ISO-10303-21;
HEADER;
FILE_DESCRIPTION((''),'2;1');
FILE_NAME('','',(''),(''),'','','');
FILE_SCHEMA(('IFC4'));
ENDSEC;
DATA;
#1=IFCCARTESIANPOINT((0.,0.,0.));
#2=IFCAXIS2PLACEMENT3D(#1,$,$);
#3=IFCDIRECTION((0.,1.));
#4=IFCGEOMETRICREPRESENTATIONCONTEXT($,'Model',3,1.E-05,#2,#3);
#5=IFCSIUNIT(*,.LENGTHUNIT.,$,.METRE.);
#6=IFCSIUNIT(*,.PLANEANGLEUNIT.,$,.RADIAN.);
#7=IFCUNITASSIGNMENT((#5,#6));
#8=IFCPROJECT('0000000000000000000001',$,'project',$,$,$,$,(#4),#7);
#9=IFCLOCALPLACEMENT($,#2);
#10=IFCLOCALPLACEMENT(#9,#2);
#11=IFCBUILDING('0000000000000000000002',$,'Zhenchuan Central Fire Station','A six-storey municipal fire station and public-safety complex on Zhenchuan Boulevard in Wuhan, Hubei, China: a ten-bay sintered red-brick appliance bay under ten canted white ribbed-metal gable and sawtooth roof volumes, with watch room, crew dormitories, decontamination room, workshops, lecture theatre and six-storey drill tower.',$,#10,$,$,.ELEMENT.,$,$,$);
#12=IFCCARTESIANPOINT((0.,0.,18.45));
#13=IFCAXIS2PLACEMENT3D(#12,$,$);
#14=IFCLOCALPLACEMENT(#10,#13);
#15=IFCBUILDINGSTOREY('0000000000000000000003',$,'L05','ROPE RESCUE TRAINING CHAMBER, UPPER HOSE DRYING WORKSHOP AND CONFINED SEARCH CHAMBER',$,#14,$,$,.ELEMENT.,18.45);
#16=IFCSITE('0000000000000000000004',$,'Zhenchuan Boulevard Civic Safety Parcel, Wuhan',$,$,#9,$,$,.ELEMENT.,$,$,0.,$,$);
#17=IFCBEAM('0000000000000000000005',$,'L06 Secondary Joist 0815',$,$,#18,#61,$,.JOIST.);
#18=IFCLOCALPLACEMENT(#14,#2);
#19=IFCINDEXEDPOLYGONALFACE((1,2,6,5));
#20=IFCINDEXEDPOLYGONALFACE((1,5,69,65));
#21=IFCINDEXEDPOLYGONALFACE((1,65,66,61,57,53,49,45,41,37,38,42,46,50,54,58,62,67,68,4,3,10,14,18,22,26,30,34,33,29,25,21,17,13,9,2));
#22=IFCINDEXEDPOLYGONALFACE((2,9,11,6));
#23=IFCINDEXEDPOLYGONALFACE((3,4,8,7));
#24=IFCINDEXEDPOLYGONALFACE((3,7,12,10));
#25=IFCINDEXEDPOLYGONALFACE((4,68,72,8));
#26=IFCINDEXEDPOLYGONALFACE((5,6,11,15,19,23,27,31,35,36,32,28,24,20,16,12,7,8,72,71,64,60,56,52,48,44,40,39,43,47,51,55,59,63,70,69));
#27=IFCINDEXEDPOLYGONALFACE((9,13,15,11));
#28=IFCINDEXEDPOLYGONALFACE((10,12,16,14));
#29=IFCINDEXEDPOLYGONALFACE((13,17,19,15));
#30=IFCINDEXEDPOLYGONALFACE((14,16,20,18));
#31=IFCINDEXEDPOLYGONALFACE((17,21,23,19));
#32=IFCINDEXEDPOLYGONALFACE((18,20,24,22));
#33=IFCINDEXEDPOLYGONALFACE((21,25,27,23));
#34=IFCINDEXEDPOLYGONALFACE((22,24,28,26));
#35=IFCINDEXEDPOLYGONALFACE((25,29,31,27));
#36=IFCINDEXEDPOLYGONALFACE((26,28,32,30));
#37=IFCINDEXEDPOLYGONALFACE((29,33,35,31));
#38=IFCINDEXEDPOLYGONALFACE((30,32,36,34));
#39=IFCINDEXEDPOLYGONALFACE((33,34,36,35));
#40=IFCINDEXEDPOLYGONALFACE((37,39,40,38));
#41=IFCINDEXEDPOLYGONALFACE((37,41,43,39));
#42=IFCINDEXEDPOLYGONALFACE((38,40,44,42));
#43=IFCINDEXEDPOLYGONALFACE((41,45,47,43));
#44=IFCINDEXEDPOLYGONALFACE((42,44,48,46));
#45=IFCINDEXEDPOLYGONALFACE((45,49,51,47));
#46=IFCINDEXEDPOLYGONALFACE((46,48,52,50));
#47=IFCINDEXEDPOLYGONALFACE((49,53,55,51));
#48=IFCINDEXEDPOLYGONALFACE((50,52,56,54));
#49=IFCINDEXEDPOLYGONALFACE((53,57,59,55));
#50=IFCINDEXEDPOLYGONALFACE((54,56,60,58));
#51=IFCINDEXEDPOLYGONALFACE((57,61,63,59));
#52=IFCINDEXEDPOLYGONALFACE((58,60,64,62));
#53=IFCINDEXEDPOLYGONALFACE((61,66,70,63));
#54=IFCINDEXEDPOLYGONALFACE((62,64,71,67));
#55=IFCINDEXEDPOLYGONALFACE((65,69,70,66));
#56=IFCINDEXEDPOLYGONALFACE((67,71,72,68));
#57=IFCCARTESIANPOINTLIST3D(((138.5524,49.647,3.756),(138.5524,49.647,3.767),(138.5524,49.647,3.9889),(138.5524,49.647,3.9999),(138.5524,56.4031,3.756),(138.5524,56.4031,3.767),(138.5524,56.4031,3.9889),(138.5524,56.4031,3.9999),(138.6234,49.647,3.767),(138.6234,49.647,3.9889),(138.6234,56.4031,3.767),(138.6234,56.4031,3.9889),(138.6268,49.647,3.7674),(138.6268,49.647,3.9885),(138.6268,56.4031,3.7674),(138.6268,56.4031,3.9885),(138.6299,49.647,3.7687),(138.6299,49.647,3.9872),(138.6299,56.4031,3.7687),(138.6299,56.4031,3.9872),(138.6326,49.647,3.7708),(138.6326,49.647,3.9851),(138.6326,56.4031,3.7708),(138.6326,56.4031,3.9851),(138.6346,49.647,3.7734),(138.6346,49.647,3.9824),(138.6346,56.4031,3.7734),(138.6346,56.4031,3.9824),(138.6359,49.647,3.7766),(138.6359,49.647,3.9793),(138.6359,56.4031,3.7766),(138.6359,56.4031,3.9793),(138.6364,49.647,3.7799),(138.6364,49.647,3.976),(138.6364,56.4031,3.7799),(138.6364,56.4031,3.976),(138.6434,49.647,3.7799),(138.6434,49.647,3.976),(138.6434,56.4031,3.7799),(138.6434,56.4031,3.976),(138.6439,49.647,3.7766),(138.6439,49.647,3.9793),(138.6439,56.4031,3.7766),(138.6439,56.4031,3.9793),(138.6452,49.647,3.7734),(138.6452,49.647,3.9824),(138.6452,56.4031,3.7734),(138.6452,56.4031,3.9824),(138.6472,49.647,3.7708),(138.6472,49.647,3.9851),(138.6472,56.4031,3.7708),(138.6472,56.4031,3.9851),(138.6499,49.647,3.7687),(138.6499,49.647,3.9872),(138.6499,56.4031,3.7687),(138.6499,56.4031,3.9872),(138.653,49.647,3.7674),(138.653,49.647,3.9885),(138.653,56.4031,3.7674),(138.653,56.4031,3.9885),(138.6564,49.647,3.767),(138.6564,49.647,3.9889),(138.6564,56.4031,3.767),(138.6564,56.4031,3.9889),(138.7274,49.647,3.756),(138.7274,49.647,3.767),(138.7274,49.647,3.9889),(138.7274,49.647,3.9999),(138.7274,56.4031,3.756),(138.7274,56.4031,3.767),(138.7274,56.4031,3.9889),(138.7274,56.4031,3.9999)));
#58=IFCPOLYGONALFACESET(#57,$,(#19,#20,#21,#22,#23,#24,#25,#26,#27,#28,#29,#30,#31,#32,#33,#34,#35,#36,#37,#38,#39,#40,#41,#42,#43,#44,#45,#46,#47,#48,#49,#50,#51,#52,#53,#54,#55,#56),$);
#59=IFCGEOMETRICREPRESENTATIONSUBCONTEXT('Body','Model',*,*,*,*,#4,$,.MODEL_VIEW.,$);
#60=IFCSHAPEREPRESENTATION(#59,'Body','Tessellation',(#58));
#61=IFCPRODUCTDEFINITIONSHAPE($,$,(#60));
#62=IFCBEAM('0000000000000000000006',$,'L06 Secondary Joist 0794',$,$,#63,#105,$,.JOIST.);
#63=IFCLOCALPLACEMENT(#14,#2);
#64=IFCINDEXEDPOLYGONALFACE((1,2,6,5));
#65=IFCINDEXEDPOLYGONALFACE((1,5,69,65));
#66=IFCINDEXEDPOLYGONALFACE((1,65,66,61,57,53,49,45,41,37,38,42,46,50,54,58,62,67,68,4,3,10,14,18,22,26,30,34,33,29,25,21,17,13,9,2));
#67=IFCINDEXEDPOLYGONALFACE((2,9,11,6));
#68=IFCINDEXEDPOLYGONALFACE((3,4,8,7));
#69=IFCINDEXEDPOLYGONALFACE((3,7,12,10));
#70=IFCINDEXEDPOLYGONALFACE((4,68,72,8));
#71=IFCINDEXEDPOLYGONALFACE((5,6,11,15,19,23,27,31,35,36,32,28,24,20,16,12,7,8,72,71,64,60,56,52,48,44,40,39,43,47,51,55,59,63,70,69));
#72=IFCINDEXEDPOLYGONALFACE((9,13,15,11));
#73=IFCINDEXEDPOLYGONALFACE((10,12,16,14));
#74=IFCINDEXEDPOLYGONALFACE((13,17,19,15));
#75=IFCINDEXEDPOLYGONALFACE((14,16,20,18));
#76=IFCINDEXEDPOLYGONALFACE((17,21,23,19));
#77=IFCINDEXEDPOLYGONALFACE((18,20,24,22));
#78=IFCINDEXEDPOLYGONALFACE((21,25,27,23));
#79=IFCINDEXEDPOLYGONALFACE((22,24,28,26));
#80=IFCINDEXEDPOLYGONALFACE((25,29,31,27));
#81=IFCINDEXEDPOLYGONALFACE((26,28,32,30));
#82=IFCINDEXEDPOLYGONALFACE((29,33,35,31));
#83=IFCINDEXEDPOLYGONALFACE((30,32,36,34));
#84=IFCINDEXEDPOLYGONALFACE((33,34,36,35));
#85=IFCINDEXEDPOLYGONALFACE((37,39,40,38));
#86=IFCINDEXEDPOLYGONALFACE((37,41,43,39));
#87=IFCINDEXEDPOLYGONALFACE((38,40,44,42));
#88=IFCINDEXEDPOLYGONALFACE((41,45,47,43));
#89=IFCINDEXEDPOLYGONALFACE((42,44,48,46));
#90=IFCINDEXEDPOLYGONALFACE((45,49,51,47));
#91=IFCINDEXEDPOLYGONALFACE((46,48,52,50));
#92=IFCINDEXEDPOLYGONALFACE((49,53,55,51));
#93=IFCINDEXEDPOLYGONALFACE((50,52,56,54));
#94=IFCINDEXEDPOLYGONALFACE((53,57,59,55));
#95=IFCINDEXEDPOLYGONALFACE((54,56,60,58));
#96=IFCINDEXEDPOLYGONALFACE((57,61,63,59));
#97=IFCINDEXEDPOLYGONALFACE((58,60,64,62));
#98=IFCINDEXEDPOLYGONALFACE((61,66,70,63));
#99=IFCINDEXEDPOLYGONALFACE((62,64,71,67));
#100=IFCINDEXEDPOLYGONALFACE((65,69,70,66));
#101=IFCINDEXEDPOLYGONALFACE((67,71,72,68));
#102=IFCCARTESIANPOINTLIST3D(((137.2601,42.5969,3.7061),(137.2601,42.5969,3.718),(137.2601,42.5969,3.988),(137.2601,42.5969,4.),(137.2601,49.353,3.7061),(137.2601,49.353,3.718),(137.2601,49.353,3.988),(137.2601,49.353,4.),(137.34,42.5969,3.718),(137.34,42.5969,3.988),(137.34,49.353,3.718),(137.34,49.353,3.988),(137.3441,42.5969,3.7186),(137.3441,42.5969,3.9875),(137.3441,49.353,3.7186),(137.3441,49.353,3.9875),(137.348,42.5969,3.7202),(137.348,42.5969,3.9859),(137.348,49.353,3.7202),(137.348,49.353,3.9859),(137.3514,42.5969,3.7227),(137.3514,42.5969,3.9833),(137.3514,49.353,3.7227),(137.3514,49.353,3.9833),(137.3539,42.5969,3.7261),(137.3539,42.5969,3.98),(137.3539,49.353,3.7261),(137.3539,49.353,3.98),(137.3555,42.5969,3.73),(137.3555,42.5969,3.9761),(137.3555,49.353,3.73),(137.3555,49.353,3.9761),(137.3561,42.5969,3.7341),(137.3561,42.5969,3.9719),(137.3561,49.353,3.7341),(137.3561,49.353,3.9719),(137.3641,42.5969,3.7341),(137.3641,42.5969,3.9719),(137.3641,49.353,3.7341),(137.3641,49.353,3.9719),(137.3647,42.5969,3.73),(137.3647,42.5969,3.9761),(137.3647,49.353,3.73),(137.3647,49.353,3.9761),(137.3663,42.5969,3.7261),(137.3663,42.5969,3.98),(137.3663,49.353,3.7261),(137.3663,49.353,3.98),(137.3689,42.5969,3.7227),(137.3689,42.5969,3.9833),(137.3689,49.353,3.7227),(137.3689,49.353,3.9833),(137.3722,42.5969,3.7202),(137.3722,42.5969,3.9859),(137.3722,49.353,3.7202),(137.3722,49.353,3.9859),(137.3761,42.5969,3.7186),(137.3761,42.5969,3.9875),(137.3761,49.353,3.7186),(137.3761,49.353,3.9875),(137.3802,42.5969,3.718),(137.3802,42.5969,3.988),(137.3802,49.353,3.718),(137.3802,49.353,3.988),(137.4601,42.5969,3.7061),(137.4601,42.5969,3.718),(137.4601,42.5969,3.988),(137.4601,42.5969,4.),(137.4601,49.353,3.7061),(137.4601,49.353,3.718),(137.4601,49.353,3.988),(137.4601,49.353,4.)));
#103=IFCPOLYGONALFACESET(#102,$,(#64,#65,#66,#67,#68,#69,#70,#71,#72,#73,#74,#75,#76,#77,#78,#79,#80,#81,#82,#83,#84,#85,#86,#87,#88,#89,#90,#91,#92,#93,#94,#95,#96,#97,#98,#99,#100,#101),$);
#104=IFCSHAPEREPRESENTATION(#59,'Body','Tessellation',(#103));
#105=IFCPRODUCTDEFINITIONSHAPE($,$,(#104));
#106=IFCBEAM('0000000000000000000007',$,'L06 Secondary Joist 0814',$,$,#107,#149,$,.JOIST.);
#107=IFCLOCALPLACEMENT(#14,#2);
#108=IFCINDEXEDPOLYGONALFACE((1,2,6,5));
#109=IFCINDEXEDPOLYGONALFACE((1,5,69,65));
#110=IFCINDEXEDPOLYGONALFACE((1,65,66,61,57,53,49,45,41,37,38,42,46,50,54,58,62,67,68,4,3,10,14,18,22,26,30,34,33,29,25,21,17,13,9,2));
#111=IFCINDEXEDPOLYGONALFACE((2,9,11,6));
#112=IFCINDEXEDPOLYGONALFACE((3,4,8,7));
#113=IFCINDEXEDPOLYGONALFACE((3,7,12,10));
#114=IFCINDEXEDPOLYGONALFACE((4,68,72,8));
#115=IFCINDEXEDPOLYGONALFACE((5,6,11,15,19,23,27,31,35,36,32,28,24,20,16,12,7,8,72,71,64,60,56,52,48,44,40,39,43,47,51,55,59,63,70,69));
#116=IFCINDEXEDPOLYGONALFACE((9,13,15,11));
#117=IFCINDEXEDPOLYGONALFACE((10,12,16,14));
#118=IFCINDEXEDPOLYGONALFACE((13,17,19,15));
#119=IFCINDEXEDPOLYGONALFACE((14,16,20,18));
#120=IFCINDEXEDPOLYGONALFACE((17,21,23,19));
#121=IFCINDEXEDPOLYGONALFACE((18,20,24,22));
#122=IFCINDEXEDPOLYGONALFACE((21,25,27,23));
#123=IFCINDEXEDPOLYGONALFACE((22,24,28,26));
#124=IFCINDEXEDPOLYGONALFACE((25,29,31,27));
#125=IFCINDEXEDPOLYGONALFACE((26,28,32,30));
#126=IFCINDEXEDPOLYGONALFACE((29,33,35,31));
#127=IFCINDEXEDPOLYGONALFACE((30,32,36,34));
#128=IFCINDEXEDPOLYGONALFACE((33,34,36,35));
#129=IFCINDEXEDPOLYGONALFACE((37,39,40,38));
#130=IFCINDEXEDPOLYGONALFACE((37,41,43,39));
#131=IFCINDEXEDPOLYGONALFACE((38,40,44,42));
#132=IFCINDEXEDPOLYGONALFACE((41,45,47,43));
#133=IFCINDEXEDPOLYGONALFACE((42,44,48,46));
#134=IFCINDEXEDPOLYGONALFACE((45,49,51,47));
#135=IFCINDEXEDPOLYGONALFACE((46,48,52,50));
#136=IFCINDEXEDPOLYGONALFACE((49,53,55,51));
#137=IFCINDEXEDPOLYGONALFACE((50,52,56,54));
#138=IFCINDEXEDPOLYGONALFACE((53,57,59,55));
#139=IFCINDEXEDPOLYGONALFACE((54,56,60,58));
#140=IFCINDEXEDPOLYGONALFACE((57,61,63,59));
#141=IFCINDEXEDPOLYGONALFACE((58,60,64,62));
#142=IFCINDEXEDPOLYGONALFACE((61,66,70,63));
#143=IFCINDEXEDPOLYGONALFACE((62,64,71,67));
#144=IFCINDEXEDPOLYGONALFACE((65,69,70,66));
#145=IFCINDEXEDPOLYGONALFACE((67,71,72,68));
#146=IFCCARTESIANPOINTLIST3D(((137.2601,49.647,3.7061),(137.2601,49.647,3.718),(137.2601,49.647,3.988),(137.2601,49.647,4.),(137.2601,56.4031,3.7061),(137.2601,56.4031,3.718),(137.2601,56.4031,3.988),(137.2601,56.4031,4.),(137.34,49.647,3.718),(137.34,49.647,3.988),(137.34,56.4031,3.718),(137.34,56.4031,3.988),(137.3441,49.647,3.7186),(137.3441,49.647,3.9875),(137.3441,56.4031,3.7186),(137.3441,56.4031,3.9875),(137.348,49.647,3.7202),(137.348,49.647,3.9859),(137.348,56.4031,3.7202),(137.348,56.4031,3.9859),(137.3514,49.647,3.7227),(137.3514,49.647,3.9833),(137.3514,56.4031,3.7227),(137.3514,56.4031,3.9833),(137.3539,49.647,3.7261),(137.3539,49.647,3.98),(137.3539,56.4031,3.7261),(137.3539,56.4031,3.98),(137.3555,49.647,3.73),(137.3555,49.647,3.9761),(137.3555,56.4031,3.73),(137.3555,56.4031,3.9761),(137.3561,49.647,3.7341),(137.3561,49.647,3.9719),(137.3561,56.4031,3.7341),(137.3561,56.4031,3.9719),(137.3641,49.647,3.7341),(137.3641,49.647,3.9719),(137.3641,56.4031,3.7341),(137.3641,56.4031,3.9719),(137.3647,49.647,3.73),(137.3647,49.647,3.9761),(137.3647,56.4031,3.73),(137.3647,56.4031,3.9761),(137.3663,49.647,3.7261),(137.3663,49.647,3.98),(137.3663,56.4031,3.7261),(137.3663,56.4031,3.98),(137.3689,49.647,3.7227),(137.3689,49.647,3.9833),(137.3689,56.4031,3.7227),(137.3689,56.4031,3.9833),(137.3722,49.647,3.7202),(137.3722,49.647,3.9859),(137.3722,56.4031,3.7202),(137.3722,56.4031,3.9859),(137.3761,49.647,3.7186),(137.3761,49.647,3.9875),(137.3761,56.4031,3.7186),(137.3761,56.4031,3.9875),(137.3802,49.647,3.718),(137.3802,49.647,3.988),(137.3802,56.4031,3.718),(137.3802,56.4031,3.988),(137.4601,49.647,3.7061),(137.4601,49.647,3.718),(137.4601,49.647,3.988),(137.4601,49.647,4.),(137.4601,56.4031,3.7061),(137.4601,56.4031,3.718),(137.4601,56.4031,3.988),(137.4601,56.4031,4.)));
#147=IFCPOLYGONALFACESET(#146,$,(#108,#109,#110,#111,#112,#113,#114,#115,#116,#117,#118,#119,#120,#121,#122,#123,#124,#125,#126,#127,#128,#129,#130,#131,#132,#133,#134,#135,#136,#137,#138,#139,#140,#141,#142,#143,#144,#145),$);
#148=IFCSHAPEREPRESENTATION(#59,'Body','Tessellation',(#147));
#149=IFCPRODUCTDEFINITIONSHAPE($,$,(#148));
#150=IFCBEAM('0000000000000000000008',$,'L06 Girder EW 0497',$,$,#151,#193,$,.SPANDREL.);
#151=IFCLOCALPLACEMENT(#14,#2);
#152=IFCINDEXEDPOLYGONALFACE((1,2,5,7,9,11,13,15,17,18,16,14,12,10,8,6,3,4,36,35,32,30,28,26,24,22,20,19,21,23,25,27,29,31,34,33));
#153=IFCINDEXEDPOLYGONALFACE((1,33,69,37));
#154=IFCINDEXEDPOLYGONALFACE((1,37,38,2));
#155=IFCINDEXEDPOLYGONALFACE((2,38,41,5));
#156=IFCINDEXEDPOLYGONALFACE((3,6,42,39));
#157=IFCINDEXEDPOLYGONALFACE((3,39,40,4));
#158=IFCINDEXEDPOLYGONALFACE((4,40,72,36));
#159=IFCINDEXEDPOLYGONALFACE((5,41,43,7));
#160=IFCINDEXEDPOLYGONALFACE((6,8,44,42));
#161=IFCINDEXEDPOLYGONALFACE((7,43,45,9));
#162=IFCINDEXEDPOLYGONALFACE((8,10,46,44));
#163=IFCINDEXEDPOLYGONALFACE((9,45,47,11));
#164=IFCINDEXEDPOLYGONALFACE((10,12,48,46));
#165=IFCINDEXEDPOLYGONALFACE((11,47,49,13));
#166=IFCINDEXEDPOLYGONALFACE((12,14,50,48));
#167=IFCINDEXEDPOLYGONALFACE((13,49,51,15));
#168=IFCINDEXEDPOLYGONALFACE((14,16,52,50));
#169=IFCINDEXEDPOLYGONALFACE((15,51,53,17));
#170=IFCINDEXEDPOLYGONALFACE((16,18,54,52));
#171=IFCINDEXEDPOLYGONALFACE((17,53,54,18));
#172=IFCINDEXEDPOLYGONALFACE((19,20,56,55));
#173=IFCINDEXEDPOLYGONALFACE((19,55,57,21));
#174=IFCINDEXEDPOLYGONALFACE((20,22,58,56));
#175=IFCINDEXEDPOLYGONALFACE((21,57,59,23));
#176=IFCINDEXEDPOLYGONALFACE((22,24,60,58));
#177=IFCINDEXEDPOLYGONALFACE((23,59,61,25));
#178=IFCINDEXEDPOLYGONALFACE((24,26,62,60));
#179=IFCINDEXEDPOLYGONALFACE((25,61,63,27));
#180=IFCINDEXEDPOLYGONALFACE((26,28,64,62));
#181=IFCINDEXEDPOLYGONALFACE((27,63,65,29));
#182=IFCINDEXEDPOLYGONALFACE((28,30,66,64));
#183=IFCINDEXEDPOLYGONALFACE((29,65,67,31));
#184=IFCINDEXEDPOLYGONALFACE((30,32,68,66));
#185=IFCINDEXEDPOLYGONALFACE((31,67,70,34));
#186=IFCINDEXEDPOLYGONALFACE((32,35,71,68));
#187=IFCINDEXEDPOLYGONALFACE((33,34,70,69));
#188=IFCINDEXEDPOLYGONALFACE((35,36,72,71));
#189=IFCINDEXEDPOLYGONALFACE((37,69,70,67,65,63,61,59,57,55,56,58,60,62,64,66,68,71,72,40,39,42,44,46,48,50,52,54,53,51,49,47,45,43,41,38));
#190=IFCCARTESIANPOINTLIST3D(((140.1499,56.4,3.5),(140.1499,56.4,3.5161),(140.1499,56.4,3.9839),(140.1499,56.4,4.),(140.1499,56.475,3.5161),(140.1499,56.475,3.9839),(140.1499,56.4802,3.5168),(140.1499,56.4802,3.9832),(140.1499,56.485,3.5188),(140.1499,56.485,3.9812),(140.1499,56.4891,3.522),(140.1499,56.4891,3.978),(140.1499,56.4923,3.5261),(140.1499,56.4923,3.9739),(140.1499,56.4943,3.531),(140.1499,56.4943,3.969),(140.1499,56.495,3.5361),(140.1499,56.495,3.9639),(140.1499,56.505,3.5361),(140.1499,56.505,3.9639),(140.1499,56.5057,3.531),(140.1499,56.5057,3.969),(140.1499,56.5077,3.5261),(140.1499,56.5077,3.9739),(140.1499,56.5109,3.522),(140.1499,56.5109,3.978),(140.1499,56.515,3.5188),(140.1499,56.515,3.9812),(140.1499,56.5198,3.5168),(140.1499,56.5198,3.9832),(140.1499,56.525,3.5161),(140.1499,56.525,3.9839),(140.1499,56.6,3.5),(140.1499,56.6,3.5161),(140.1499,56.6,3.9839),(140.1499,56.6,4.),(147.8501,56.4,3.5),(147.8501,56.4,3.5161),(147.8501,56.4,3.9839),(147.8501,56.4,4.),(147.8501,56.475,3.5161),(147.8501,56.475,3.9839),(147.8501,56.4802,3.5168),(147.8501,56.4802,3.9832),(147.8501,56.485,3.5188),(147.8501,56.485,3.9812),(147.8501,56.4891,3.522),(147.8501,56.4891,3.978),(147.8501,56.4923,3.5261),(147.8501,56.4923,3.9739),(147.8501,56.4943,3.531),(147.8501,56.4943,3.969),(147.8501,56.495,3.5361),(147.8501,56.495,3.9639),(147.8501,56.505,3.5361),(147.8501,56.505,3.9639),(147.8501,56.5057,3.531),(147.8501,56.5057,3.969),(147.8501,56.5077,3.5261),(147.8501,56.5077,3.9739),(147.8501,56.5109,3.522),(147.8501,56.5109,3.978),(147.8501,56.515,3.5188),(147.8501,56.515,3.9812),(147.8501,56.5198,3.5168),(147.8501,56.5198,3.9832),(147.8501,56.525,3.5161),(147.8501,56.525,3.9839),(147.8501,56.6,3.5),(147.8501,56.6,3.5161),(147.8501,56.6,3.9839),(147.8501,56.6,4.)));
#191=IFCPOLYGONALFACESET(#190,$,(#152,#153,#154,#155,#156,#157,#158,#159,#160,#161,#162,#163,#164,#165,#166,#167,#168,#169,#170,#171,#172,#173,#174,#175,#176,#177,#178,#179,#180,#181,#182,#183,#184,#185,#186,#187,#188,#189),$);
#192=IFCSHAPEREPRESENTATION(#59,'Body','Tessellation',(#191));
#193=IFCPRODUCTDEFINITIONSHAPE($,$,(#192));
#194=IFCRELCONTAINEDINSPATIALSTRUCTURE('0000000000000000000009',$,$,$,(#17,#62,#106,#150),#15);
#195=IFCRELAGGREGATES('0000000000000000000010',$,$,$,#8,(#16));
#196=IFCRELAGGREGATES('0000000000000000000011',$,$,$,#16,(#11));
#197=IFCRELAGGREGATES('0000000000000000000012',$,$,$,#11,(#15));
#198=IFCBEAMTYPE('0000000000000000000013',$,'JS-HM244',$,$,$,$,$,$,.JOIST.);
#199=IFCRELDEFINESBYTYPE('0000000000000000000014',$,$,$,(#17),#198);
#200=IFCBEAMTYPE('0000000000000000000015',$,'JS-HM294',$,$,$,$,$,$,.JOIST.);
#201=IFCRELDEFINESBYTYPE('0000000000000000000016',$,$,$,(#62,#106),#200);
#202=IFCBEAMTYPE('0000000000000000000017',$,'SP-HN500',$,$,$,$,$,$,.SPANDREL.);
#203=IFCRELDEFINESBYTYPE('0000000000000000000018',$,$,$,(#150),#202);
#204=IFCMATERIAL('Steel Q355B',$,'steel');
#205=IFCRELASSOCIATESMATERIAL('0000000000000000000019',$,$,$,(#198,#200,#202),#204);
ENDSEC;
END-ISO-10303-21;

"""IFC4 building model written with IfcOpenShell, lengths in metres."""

from ifc_helpers import new_model, si_unit, direction, frame, origin, origin_2d, place, context, subcontext, project, spatial, i_section, extrude, material, material_profile, profile_set, type_object, element, save


model = new_model("IFC4")

# Units and contexts
model_context = context("Model", 3, precision=1e-05, world=origin(), true_north=direction((0.0, 1.0)))
body_context = subcontext(model_context, "Body", "Model", "MODEL_VIEW")
ifc_project = project(units=[si_unit("LENGTHUNIT", "METRE"), si_unit("PLANEANGLEUNIT", "RADIAN")], contexts=[model_context])

# Site, building, storey
site_placement = place(None, origin())
site = spatial("IfcSite", under=ifc_project, at=site_placement, Name="Zhenchuan Boulevard Civic Safety Parcel, Wuhan", CompositionType="ELEMENT", RefElevation=0.0)
building_placement = place(site_placement, origin())
building = spatial("IfcBuilding", under=site, at=building_placement, Name="Zhenchuan Central Fire Station", Description="A six-storey municipal fire station and public-safety complex on Zhenchuan Boulevard in Wuhan, Hubei, China: a ten-bay sintered red-brick appliance bay under ten canted white ribbed-metal gable and sawtooth roof volumes, with watch room, crew dormitories, decontamination room, workshops, lecture theatre and six-storey drill tower.", CompositionType="ELEMENT")
storey_placement = place(building_placement, frame((0.0, 0.0, 18.45)))
storey = spatial("IfcBuildingStorey", under=building, at=storey_placement, Name="L05", Description="ROPE RESCUE TRAINING CHAMBER, UPPER HOSE DRYING WORKSHOP AND CONFINED SEARCH CHAMBER", CompositionType="ELEMENT", Elevation=18.45)

# Shared definitions
ifc_material_1 = material(Name="Steel Q355B", Category="steel")

# Beams
ifc_material_profile_1 = material_profile(ifc_material_1, i_section(OverallWidth=0.175, OverallDepth=0.2439, WebThickness=0.0071, FlangeThickness=0.011, FilletRadius=0.0129, at=origin_2d()), Name="HM 244x175")
ifc_profile_set_1 = profile_set([ifc_material_profile_1], Name="Steel Q355B")
beam_type_1 = type_object("IfcBeamType", Name="JS-HM244", PredefinedType="JOIST", material=ifc_profile_set_1)
for number, where, z_axis, x_axis, name in (
    (1, (138.6399, 49.647, 3.8779), (0.0, 1.0, 0.0), (-1.0, 0.0, 0.0), "L06 Secondary Joist 0815"),
):
    element("IfcBeam", number, at=place(storey_placement, frame(where, z_axis=z_axis, x_axis=x_axis)), inside=storey, type_object=beam_type_1, Name=name, PredefinedType="JOIST", context=body_context, shape_type="SweptSolid", body=[
        extrude(i_section(OverallWidth=0.175, OverallDepth=0.2439, WebThickness=0.0071, FlangeThickness=0.011, FilletRadius=0.0129, at=origin_2d()), origin(), (0.0, 0.0, 1.0), 6.7561),
    ])
ifc_material_profile_2 = material_profile(ifc_material_1, i_section(OverallWidth=0.2, OverallDepth=0.2939, WebThickness=0.0081, FlangeThickness=0.012, FilletRadius=0.0161, at=origin_2d()), Name="HM 294x200")
ifc_profile_set_2 = profile_set([ifc_material_profile_2], Name="Steel Q355B")
beam_type_2 = type_object("IfcBeamType", Name="JS-HM294", PredefinedType="JOIST", material=ifc_profile_set_2)
for number, where, z_axis, x_axis, name in (
    (2, (137.3601, 42.5969, 3.853), (0.0, 1.0, 0.0), (-1.0, 0.0, 0.0), "L06 Secondary Joist 0794"),
    (3, (137.3601, 49.647, 3.853), (0.0, 1.0, 0.0), (-1.0, 0.0, 0.0), "L06 Secondary Joist 0814"),
):
    element("IfcBeam", number, at=place(storey_placement, frame(where, z_axis=z_axis, x_axis=x_axis)), inside=storey, type_object=beam_type_2, Name=name, PredefinedType="JOIST", context=body_context, shape_type="SweptSolid", body=[
        extrude(i_section(OverallWidth=0.2, OverallDepth=0.2939, WebThickness=0.0081, FlangeThickness=0.012, FilletRadius=0.0161, at=origin_2d()), origin(), (0.0, 0.0, 1.0), 6.7561),
    ])
ifc_material_profile_3 = material_profile(ifc_material_1, i_section(OverallWidth=0.2, OverallDepth=0.5, WebThickness=0.01, FlangeThickness=0.0161, FilletRadius=0.02, at=origin_2d()), Name="HN 500x200")
ifc_profile_set_3 = profile_set([ifc_material_profile_3], Name="Steel Q355B")
beam_type_3 = type_object("IfcBeamType", Name="SP-HN500", PredefinedType="SPANDREL", material=ifc_profile_set_3)
beam_1_placement = place(storey_placement, frame((140.1499, 56.5, 3.75), z_axis=(1.0, 0.0, 0.0), x_axis=(0.0, 1.0, 0.0)))
element("IfcBeam", 4, at=beam_1_placement, inside=storey, type_object=beam_type_3, Name="L06 Girder EW 0497", PredefinedType="SPANDREL", context=body_context, shape_type="SweptSolid", body=[
    extrude(i_section(OverallWidth=0.2, OverallDepth=0.5, WebThickness=0.01, FlangeThickness=0.0161, FilletRadius=0.02, at=origin_2d()), origin(), (0.0, 0.0, 1.0), 7.7002),
])

save(model, "model.ifc")
